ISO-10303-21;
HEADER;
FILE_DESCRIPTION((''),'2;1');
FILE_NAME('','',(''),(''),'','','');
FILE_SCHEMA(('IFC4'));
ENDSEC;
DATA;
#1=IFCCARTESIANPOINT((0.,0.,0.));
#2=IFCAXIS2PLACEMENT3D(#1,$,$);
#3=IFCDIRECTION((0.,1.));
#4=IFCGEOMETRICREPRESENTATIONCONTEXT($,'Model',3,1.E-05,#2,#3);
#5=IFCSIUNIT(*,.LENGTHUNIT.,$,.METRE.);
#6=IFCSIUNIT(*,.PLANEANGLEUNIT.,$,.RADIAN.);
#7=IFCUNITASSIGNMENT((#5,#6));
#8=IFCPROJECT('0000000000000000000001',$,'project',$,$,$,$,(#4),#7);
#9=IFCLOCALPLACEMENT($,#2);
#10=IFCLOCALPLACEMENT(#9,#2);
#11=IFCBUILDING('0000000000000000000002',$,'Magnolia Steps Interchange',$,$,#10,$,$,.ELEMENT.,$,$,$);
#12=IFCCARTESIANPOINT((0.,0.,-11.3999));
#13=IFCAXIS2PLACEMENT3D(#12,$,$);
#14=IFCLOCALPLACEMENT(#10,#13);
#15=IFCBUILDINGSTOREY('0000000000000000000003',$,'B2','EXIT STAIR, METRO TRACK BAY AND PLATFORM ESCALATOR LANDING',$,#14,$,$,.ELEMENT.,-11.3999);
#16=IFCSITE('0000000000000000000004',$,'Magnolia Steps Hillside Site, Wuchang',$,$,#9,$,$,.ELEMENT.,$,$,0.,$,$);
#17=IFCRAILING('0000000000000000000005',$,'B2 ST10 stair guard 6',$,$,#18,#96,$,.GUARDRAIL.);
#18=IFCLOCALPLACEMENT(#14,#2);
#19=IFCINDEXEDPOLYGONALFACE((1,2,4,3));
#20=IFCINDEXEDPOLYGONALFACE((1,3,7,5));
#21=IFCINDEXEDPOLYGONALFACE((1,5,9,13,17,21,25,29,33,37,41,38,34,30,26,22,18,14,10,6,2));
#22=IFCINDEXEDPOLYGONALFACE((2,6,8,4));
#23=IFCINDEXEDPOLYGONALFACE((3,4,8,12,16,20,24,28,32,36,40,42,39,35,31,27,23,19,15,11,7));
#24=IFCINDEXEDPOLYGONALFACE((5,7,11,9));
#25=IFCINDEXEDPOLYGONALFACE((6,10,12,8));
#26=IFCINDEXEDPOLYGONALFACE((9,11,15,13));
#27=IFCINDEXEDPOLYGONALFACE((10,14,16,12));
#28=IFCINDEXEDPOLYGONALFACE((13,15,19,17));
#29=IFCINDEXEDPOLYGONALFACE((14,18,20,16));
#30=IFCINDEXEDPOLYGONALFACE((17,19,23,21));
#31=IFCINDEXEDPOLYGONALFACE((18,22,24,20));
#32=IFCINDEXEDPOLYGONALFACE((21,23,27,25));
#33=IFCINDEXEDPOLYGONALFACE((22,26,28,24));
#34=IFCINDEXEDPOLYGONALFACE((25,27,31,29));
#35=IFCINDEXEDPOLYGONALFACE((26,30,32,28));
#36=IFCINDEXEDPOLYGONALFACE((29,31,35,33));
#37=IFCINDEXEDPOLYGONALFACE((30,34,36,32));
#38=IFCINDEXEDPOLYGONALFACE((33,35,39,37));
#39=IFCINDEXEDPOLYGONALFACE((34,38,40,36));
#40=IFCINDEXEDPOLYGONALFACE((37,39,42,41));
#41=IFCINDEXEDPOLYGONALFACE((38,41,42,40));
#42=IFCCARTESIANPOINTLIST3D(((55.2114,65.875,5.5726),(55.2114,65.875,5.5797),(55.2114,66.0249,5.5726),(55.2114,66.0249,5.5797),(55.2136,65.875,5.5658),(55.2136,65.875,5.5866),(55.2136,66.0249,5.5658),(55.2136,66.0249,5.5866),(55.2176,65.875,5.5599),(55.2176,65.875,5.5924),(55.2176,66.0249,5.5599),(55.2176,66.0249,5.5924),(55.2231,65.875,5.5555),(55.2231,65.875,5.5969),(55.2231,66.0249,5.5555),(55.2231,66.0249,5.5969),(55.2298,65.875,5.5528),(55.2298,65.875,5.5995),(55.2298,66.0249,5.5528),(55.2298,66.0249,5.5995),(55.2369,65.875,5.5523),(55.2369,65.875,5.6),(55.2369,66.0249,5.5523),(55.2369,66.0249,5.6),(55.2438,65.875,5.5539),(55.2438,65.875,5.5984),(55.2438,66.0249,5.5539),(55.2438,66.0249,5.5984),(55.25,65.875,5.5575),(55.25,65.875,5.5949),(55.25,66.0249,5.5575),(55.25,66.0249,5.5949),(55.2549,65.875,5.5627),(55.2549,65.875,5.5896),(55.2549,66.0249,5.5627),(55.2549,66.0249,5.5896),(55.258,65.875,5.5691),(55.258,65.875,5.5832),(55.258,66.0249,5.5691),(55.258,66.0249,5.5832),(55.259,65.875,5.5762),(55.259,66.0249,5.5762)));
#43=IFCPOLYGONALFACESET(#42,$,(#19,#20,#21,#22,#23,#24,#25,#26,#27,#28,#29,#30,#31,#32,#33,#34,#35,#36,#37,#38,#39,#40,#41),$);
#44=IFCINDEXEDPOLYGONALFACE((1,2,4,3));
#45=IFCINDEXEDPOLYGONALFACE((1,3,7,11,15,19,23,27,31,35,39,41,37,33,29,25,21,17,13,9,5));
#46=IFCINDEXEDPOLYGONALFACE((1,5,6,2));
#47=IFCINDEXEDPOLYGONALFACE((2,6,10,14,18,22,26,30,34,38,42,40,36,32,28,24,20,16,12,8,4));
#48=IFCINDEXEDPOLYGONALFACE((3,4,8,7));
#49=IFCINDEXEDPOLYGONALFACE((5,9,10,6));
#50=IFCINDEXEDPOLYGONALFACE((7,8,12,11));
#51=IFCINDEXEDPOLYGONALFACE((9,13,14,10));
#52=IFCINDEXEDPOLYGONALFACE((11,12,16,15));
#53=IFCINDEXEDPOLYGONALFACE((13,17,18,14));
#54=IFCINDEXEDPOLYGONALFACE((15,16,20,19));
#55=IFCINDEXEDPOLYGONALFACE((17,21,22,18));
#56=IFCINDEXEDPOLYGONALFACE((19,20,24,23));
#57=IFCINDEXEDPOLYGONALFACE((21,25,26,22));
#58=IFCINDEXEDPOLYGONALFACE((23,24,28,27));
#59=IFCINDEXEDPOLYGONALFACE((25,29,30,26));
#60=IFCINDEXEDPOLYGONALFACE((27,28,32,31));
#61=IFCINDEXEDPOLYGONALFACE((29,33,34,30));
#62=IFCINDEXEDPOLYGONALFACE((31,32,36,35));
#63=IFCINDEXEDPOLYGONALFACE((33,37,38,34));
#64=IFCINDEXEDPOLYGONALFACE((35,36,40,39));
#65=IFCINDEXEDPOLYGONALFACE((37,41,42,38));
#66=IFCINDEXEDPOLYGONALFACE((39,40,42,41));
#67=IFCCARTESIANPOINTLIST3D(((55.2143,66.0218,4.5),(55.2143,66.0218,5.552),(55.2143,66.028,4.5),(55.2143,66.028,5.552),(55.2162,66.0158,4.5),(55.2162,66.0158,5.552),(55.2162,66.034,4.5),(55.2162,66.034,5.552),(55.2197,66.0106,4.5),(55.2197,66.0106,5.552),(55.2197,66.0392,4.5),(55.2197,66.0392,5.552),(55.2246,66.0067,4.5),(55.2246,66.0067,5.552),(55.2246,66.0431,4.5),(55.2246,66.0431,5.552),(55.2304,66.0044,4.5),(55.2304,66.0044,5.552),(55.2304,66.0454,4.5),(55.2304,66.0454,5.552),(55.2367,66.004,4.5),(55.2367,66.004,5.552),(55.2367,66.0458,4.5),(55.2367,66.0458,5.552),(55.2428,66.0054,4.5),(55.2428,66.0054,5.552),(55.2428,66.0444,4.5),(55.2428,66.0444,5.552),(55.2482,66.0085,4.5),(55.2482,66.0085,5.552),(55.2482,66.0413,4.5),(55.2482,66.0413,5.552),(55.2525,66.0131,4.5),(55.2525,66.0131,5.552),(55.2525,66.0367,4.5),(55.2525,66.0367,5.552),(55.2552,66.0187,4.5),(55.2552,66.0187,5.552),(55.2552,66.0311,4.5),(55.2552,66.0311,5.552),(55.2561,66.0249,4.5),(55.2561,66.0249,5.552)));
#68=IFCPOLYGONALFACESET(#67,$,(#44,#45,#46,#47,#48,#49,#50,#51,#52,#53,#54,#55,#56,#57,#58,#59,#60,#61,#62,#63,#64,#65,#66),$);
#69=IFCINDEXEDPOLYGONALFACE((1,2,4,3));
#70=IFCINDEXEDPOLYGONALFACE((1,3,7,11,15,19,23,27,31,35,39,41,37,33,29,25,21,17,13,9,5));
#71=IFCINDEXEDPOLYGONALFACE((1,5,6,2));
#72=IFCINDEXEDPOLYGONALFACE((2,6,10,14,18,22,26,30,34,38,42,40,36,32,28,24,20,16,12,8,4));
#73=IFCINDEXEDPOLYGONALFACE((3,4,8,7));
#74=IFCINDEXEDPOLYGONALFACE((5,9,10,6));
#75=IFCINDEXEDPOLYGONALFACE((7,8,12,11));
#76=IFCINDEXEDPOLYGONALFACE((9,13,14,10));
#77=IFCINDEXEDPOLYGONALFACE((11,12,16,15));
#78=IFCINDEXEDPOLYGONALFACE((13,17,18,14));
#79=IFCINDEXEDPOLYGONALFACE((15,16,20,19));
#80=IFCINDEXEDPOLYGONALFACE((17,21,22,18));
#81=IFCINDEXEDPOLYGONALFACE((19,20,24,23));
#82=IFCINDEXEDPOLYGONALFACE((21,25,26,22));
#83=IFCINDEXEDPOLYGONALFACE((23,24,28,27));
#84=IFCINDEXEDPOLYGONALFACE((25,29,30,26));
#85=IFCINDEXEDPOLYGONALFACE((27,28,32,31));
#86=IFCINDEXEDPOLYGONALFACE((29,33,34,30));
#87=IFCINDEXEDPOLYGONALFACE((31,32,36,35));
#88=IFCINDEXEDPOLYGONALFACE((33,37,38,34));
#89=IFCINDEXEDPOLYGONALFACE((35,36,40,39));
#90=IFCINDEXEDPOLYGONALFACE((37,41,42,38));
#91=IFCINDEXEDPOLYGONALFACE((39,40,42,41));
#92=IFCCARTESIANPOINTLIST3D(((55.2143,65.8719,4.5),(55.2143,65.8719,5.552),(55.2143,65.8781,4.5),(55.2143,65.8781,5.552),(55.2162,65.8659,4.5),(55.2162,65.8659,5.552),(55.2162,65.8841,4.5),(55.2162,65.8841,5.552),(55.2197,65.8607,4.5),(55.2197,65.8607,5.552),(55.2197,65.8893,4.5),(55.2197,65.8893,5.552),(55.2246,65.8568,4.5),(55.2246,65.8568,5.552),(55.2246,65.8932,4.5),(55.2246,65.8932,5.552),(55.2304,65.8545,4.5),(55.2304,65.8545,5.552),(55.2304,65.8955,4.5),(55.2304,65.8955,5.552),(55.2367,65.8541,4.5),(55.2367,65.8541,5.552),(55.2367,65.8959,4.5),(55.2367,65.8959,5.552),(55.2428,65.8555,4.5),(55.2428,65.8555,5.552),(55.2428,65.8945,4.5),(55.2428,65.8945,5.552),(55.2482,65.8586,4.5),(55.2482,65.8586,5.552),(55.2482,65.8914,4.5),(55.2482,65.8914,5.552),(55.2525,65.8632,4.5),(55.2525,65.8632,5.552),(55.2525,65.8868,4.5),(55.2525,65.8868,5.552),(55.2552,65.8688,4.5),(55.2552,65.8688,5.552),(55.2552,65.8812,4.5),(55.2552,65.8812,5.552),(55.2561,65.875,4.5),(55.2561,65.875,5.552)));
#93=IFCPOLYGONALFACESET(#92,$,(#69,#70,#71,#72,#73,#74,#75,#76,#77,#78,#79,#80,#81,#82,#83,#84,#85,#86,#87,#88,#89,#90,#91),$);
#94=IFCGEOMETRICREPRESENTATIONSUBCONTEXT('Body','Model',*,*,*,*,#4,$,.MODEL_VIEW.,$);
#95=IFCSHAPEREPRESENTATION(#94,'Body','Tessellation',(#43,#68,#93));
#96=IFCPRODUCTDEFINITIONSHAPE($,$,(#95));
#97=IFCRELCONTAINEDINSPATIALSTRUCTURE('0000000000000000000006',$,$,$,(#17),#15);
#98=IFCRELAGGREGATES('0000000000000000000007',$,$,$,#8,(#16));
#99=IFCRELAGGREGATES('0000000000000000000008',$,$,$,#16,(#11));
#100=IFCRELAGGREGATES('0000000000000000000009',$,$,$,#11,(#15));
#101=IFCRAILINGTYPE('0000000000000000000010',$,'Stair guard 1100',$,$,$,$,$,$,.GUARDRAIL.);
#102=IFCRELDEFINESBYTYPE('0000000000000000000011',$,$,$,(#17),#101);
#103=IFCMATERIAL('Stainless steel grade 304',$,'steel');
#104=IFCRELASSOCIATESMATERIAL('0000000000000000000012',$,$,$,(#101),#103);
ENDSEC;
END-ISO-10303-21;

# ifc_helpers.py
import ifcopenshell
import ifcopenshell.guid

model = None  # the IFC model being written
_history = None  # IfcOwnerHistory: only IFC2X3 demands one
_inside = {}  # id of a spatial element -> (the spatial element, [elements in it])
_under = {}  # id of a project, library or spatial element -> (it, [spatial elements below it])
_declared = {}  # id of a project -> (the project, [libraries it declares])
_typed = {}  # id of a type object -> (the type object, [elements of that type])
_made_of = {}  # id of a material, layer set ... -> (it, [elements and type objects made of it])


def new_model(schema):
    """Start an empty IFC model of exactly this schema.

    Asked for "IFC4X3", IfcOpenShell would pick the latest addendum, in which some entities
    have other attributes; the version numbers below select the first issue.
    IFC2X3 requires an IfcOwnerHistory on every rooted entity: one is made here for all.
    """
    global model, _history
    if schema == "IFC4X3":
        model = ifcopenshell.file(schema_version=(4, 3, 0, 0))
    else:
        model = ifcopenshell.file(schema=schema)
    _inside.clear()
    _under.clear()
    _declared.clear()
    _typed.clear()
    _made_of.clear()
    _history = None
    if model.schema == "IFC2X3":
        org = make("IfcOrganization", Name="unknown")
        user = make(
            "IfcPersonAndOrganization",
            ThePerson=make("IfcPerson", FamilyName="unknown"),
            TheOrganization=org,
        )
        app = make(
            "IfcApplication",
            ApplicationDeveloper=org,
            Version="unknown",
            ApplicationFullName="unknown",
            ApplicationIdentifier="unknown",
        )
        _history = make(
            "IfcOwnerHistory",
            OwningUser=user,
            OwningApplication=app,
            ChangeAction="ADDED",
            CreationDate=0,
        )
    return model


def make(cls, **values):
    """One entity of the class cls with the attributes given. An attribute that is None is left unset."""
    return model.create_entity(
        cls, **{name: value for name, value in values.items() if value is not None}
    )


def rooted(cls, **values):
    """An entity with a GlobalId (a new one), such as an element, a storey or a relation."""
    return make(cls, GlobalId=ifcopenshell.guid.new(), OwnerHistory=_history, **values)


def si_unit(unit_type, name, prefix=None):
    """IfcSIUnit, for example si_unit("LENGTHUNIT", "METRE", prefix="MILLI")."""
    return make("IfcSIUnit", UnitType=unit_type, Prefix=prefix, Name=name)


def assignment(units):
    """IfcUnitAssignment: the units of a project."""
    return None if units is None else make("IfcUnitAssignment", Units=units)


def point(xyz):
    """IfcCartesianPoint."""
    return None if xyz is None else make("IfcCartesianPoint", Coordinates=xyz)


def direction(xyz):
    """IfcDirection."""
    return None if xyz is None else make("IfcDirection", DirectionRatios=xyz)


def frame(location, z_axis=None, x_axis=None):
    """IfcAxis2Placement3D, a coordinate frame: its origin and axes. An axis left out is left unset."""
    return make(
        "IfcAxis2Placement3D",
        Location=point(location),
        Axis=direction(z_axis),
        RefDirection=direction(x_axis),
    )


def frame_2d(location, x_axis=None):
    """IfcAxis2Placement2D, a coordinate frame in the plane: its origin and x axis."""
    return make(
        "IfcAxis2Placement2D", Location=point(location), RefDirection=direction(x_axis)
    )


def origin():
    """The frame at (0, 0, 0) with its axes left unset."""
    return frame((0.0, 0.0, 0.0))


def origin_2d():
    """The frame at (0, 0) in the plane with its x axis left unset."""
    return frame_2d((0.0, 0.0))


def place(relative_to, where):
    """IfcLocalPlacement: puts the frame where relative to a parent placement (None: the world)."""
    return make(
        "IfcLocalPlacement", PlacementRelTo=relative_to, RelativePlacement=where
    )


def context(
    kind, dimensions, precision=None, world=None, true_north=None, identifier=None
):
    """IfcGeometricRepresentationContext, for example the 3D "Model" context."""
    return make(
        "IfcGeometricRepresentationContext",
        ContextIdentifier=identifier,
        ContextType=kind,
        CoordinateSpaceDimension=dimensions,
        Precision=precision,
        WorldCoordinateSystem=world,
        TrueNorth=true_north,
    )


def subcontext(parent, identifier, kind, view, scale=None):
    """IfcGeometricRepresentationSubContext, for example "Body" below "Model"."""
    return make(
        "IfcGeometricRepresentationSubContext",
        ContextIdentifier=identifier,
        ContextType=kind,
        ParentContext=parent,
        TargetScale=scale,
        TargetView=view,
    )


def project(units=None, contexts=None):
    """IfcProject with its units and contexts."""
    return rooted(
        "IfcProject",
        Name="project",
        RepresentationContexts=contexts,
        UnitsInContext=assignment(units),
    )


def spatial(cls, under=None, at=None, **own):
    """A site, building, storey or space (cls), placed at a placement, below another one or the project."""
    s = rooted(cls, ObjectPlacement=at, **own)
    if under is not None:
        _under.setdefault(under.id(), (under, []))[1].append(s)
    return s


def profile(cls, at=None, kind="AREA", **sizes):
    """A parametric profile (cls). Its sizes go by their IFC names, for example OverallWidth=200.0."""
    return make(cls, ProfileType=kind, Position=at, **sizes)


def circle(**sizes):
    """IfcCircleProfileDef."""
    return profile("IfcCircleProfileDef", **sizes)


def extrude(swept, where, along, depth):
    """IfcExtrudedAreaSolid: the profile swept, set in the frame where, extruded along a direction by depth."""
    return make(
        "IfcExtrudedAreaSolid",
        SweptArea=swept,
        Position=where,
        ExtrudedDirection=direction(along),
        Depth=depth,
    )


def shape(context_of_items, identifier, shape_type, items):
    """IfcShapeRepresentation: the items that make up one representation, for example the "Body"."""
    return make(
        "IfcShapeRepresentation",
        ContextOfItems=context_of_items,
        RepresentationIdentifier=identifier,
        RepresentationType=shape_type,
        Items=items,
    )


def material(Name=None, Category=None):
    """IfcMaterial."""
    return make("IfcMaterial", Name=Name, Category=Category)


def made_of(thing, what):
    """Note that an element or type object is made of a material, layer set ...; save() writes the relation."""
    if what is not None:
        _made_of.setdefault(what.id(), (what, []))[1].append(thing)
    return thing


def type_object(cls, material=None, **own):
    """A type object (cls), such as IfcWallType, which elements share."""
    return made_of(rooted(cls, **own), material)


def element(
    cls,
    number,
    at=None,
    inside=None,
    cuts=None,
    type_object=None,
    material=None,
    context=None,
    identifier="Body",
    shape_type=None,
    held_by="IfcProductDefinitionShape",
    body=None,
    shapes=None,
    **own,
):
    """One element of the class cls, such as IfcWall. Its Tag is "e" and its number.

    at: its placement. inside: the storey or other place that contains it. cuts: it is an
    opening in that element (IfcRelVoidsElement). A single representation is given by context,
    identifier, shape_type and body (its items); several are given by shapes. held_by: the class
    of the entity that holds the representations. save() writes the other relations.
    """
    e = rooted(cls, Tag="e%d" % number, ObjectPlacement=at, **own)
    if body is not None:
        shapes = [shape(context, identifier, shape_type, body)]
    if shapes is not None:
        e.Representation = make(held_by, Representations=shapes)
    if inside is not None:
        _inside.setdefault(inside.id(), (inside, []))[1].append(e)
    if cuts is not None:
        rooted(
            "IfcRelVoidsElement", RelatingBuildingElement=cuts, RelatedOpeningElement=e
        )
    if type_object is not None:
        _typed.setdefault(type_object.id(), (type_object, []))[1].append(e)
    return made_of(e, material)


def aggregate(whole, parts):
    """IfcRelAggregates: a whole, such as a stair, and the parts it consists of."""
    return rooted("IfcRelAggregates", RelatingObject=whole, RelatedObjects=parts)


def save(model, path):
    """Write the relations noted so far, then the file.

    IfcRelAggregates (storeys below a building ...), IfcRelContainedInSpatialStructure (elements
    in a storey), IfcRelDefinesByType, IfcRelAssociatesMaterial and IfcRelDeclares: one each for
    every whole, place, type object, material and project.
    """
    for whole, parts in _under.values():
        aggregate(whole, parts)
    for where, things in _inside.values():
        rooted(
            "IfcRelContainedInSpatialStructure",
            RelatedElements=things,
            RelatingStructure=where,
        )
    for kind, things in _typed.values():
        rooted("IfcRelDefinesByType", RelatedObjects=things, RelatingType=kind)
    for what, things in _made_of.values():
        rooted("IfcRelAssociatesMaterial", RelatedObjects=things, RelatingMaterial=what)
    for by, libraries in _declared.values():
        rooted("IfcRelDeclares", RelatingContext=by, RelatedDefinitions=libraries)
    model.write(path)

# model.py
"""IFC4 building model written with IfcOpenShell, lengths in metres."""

from ifc_helpers import new_model, si_unit, direction, frame, origin, origin_2d, place, context, subcontext, project, spatial, circle, extrude, material, type_object, element, save


model = new_model("IFC4")

# Units and contexts
model_context = context("Model", 3, precision=1e-05, world=origin(), true_north=direction((0.0, 1.0)))
body_context = subcontext(model_context, "Body", "Model", "MODEL_VIEW")
ifc_project = project(units=[si_unit("LENGTHUNIT", "METRE"), si_unit("PLANEANGLEUNIT", "RADIAN")], contexts=[model_context])

# Site, building, storey
site_placement = place(None, origin())
site = spatial("IfcSite", under=ifc_project, at=site_placement, Name="Magnolia Steps Hillside Site, Wuchang", CompositionType="ELEMENT", RefElevation=0.0)
building_placement = place(site_placement, origin())
building = spatial("IfcBuilding", under=site, at=building_placement, Name="Magnolia Steps Interchange", CompositionType="ELEMENT")
storey_placement = place(building_placement, frame((0.0, 0.0, -11.3999)))
storey = spatial("IfcBuildingStorey", under=building, at=storey_placement, Name="B2", Description="EXIT STAIR, METRO TRACK BAY AND PLATFORM ESCALATOR LANDING", CompositionType="ELEMENT", Elevation=-11.3999)

# Railing
ifc_material_1 = material(Name="Stainless steel grade 304", Category="steel")
railing_type_1 = type_object("IfcRailingType", Name="Stair guard 1100", PredefinedType="GUARDRAIL", material=ifc_material_1)
railing_1_placement = place(storey_placement, frame((55.2351, 66.0249, 4.5)))
element("IfcRailing", 1, at=railing_1_placement, inside=storey, type_object=railing_type_1, Name="B2 ST10 stair guard 6", PredefinedType="GUARDRAIL", context=body_context, shape_type="SweptSolid", body=[
    extrude(circle(Radius=0.0239, at=origin_2d()), frame((0.0, 0.0, 1.0762), z_axis=(0.0, -1.0, 0.0), x_axis=(1.0, 0.0, 0.0)), (0.0, 0.0, 1.0), 0.1499),
    extrude(circle(Radius=0.021, at=origin_2d()), origin(), (0.0, 0.0, 1.0), 1.052),
    extrude(circle(Radius=0.021, at=origin_2d()), frame((0.0, -0.1499, 0.0)), (0.0, 0.0, 1.0), 1.052),
])

save(model, "model.ifc")
